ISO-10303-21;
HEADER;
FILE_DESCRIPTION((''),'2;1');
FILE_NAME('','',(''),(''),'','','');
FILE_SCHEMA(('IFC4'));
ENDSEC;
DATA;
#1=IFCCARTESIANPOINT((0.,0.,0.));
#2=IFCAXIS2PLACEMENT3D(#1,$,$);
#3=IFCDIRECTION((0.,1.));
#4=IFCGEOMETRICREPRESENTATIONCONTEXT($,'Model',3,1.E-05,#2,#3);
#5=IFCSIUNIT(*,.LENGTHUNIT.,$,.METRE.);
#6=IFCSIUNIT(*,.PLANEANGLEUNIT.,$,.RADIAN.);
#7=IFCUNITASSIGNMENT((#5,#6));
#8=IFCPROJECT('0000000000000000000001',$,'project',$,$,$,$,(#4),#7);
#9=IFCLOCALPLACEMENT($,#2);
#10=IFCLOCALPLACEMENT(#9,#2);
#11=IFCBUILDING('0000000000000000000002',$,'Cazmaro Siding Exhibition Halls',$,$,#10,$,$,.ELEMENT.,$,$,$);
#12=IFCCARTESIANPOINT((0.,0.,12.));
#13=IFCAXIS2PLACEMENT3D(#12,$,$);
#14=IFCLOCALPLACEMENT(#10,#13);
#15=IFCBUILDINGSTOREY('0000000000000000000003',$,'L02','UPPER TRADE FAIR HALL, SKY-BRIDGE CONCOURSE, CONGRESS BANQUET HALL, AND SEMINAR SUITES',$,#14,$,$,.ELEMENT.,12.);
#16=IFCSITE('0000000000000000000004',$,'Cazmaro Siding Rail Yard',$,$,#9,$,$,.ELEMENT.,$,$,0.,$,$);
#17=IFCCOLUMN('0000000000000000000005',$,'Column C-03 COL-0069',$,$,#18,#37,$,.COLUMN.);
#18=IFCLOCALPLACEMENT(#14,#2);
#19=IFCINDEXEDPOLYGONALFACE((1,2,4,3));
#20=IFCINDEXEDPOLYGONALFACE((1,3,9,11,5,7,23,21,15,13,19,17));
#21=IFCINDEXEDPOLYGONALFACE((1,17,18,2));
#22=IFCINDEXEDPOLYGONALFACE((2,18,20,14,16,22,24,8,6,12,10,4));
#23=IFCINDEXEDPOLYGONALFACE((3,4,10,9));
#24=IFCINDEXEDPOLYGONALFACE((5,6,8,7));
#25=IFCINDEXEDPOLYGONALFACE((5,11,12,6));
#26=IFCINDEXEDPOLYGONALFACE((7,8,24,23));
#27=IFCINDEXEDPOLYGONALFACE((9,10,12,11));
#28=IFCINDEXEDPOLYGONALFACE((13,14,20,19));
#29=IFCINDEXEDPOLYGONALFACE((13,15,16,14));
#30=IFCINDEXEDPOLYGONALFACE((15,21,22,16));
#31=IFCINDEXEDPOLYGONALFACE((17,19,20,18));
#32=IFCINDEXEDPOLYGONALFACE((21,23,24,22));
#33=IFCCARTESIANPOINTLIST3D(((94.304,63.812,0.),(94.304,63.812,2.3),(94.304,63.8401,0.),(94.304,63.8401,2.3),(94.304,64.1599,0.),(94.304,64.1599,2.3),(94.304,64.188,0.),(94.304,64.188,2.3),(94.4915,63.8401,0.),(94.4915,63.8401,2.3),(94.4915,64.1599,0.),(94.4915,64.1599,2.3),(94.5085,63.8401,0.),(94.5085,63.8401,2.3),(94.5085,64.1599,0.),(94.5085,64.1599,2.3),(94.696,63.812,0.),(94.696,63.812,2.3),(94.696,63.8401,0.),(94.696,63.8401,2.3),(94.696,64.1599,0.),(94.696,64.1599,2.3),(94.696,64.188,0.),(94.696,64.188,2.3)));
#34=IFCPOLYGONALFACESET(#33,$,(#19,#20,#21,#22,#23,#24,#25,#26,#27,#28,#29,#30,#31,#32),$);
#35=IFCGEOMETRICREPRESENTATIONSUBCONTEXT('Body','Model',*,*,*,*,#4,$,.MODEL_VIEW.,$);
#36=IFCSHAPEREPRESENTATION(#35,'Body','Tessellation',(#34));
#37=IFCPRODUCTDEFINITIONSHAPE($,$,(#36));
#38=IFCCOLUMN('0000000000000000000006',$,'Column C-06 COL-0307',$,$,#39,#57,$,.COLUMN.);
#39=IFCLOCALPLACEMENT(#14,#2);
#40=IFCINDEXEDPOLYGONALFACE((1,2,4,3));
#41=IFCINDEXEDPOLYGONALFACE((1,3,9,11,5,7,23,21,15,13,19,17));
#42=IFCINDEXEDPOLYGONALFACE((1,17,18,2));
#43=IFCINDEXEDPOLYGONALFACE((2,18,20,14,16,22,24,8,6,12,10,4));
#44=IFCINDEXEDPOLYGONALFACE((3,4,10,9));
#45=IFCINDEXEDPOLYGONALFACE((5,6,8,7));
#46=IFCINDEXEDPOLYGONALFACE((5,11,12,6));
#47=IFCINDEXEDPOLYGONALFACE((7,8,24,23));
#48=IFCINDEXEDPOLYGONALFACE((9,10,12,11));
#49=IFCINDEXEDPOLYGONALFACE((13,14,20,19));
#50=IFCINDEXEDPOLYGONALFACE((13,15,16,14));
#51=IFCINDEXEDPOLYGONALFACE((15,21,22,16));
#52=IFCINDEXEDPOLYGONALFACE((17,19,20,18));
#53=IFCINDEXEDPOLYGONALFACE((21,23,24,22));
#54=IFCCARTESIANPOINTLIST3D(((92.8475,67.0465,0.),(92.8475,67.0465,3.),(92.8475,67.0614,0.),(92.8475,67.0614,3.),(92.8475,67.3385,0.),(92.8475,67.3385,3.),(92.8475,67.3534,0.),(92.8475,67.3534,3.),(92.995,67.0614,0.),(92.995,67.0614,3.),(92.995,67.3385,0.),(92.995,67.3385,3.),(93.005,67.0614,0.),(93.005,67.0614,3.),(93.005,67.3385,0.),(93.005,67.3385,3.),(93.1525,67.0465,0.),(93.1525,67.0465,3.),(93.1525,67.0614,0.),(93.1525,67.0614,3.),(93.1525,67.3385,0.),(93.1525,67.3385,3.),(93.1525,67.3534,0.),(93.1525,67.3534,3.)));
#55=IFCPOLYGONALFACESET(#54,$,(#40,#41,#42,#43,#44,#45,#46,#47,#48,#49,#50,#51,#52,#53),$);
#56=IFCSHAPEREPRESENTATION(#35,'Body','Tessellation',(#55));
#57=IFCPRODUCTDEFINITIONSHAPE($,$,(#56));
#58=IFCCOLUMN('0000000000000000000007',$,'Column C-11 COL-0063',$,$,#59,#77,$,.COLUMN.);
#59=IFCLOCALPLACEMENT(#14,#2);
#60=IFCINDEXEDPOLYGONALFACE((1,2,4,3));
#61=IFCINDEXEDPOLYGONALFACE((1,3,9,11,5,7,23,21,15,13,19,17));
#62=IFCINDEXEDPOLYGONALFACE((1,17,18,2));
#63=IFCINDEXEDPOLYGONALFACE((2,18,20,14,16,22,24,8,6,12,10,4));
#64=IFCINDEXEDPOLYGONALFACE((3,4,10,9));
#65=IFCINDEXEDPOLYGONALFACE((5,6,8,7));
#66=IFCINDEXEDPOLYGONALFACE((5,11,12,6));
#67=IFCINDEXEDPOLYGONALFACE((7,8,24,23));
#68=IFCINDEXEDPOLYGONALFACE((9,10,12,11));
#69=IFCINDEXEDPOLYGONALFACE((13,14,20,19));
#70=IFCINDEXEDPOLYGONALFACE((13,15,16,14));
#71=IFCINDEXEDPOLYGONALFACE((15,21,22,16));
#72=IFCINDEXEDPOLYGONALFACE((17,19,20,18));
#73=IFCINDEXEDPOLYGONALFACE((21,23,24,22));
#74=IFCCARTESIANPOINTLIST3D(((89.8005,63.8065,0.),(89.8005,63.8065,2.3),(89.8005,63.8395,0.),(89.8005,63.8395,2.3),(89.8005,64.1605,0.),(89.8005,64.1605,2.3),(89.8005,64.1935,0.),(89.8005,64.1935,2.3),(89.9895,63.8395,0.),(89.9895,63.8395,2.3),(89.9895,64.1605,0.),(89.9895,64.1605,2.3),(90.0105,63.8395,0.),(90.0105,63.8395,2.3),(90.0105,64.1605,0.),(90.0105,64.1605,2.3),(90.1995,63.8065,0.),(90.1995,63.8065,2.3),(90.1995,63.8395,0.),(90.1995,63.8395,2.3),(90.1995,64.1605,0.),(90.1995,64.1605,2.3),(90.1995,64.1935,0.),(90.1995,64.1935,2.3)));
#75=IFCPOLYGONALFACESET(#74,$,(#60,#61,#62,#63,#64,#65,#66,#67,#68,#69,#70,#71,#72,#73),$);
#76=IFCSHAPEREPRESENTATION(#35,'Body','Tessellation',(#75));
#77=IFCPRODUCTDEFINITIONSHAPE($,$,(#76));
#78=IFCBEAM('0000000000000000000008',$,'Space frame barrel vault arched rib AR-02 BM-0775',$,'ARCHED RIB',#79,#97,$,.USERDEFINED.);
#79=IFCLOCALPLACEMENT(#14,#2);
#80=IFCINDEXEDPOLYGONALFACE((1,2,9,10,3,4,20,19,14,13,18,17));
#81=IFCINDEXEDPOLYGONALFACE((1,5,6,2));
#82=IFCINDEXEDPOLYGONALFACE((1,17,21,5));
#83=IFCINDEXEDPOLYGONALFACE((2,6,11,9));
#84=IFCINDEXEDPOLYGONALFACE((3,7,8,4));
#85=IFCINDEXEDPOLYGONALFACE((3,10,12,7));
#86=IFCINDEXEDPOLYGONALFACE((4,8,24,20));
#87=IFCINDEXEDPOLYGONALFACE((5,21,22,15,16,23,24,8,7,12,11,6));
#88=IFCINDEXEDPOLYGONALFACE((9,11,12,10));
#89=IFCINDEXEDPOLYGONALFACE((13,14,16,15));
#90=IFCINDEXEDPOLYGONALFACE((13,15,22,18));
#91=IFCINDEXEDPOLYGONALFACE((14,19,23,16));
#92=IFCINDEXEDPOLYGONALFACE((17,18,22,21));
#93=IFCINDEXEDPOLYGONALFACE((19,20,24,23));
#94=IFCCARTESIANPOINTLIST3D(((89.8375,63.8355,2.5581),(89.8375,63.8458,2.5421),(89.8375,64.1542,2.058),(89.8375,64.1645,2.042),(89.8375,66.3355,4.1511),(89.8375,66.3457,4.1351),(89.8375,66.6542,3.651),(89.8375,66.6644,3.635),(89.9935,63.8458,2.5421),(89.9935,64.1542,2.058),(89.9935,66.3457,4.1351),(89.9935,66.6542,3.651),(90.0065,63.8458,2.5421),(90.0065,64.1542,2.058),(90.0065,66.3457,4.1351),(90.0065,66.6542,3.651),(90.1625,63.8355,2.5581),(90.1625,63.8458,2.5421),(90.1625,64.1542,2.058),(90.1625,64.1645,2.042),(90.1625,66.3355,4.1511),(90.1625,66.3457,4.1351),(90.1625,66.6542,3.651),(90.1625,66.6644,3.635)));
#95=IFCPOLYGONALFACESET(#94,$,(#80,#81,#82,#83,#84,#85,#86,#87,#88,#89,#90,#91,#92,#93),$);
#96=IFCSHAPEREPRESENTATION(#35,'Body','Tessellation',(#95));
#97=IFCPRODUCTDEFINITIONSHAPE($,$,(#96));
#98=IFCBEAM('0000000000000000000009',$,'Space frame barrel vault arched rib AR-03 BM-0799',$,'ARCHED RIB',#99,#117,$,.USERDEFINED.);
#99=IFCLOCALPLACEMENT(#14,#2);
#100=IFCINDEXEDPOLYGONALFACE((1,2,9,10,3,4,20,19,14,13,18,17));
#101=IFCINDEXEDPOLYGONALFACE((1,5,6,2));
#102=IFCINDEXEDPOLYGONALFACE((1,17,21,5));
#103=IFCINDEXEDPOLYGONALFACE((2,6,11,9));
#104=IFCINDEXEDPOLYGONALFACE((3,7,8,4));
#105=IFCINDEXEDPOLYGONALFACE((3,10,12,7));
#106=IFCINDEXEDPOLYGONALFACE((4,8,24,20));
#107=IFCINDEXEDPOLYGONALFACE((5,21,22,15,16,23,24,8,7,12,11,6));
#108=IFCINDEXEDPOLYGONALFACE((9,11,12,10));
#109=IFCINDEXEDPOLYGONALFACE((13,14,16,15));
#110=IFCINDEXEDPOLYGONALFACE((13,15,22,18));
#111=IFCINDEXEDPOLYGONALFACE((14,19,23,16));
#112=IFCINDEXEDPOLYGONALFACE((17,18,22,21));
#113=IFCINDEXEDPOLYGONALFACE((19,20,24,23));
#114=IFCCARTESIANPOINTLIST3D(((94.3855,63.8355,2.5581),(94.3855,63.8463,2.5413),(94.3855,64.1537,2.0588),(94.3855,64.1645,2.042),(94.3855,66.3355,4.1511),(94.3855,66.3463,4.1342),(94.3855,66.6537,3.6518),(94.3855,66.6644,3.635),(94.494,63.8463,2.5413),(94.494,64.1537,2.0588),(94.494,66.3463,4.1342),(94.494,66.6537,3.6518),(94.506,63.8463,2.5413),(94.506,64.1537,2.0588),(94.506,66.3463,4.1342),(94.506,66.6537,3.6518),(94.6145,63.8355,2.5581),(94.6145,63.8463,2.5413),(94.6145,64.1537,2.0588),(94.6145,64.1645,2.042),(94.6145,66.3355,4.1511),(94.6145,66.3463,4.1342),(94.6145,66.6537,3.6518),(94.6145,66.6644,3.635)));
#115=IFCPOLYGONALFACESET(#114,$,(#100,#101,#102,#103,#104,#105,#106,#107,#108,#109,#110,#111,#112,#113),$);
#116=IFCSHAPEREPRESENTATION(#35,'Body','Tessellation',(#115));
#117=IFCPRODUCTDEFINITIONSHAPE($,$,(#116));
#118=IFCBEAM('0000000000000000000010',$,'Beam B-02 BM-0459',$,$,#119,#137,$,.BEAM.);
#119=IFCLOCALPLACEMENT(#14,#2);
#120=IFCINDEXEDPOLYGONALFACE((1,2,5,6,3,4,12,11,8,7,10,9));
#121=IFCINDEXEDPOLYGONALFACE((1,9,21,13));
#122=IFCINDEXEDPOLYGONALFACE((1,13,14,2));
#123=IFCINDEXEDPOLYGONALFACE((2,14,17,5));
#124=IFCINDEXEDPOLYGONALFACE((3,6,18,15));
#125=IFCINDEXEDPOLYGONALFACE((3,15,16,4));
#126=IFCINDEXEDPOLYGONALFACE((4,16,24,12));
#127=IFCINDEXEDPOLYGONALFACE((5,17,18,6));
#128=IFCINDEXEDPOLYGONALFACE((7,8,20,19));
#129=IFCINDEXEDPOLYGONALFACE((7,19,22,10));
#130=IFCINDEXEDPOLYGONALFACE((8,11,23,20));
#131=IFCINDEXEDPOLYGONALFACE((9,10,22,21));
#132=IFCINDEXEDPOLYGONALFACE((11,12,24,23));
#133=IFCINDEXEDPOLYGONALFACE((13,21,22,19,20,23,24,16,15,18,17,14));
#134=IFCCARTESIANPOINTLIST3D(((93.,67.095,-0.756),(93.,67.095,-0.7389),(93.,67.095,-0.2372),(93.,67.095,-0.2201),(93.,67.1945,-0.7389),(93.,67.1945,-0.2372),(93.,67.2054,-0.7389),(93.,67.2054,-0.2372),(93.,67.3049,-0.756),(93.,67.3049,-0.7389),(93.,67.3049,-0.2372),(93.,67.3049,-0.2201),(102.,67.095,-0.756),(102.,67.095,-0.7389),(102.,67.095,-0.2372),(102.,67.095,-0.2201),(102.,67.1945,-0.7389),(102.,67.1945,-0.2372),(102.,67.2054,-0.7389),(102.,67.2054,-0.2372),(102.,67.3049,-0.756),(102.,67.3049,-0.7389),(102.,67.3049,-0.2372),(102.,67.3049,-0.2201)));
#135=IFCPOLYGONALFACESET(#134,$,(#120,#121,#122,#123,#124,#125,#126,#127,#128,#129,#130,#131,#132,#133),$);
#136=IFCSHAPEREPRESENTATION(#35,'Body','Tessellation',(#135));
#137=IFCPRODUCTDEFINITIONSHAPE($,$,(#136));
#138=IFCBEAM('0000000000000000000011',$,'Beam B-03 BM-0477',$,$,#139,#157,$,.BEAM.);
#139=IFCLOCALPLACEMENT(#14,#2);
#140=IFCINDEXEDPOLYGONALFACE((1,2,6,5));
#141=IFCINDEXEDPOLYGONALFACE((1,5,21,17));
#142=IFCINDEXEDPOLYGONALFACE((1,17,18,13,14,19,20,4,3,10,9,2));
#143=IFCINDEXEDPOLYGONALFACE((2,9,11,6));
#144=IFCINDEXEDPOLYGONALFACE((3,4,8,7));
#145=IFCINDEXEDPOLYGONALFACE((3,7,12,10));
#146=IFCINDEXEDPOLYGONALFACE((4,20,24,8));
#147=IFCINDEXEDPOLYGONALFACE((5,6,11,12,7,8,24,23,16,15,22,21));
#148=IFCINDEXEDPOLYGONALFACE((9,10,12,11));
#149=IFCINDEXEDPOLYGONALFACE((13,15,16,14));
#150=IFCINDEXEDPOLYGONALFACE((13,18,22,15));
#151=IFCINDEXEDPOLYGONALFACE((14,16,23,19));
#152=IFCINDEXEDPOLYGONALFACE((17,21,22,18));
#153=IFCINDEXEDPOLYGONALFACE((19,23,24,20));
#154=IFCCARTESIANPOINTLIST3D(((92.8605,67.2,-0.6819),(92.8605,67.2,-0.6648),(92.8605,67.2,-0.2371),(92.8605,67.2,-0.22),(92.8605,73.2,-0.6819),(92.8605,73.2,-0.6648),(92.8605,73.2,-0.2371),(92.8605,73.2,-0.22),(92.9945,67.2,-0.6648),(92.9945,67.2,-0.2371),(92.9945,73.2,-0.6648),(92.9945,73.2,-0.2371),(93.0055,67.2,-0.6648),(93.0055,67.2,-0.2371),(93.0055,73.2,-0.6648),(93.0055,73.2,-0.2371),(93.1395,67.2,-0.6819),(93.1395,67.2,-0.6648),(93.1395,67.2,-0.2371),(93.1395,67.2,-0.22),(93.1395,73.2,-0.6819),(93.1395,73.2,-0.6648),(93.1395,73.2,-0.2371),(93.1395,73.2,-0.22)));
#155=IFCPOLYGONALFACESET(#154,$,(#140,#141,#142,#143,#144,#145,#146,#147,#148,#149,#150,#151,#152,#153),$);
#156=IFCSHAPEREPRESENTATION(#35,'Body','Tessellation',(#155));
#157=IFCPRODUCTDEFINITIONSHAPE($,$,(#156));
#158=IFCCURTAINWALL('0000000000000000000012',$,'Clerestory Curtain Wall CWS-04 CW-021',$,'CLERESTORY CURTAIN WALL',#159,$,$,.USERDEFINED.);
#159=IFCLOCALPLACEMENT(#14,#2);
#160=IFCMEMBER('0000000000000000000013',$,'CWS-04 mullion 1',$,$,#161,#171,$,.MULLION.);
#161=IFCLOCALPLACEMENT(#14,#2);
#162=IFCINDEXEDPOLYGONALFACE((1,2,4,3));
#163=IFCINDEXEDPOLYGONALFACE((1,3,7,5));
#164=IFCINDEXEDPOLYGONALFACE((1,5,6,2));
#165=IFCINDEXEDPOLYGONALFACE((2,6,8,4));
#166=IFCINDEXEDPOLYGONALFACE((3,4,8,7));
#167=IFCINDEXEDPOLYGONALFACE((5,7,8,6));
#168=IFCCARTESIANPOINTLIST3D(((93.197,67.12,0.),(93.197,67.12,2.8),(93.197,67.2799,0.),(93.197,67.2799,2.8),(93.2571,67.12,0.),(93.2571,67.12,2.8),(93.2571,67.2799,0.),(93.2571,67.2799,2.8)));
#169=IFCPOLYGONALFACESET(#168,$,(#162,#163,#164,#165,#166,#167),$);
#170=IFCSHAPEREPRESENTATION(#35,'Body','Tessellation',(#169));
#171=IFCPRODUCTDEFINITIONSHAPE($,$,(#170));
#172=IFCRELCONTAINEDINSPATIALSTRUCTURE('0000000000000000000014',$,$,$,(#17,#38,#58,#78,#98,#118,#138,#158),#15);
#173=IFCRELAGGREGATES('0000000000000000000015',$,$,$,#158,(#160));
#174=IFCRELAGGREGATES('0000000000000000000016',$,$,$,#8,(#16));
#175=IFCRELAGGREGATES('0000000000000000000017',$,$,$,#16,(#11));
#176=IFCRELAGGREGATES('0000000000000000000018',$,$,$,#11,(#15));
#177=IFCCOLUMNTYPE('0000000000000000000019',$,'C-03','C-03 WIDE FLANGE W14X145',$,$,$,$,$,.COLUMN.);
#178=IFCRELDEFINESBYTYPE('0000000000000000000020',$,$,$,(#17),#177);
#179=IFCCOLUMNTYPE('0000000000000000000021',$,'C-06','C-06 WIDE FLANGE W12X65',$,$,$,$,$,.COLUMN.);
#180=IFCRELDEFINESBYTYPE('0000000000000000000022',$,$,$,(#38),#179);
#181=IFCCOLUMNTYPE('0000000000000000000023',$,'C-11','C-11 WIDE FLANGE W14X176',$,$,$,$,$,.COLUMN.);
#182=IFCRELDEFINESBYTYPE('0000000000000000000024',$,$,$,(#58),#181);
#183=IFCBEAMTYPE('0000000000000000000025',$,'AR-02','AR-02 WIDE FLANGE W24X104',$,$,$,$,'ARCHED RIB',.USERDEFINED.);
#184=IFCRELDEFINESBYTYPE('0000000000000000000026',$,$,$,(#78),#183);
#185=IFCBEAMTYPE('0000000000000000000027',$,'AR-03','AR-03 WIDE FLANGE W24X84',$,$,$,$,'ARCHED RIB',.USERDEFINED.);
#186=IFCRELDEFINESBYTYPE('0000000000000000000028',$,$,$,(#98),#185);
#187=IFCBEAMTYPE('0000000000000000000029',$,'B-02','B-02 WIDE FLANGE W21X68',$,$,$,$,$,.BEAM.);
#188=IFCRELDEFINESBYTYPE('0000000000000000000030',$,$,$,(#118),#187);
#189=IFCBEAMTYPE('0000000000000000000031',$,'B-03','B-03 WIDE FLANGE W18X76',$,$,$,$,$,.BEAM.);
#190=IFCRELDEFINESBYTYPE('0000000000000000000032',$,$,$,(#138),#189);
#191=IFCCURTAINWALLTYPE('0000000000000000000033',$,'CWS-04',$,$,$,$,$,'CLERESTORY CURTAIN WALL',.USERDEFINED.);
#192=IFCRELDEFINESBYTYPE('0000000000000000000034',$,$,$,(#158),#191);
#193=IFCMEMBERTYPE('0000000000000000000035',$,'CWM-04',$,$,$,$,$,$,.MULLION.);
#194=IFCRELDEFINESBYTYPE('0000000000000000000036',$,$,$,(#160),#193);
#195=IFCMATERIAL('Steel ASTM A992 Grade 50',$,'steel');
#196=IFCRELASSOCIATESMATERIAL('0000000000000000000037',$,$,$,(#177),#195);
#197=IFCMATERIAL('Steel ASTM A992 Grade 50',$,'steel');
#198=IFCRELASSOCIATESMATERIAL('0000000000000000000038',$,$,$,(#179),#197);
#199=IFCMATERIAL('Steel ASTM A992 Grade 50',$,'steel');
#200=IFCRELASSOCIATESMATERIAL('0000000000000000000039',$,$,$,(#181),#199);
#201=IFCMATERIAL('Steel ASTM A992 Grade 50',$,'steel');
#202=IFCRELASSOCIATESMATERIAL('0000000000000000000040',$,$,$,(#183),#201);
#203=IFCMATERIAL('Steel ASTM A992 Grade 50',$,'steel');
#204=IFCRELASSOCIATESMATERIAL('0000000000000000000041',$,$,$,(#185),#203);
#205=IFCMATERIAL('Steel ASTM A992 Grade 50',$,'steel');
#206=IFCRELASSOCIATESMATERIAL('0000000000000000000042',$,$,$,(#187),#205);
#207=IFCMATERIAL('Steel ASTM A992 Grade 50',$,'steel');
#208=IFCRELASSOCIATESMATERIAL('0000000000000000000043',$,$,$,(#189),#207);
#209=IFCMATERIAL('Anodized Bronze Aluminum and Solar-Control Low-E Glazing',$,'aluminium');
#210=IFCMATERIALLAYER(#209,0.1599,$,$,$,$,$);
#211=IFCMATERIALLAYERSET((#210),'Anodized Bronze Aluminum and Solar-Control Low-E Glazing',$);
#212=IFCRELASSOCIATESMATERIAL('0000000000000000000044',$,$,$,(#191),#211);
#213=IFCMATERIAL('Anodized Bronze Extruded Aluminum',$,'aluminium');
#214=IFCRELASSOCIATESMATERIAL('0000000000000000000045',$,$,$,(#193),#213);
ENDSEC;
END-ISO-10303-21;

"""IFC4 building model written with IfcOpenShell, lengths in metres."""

from ifc_helpers import new_model, si_unit, direction, frame, origin, origin_2d, place, context, subcontext, project, spatial, rectangle, i_section, extrude, material, layer, layer_set, material_profile, profile_set, type_object, element, aggregate, save


model = new_model("IFC4")

# Units and contexts
model_context = context("Model", 3, precision=1e-05, world=origin(), true_north=direction((0.0, 1.0)))
body_context = subcontext(model_context, "Body", "Model", "MODEL_VIEW")
ifc_project = project(units=[si_unit("LENGTHUNIT", "METRE"), si_unit("PLANEANGLEUNIT", "RADIAN")], contexts=[model_context])

# Site, building, storey
site_placement = place(None, origin())
site = spatial("IfcSite", under=ifc_project, at=site_placement, Name="Cazmaro Siding Rail Yard", CompositionType="ELEMENT", RefElevation=0.0)
building_placement = place(site_placement, origin())
building = spatial("IfcBuilding", under=site, at=building_placement, Name="Cazmaro Siding Exhibition Halls", CompositionType="ELEMENT")
storey_placement = place(building_placement, frame((0.0, 0.0, 12.0)))
storey = spatial("IfcBuildingStorey", under=building, at=storey_placement, Name="L02", Description="UPPER TRADE FAIR HALL, SKY-BRIDGE CONCOURSE, CONGRESS BANQUET HALL, AND SEMINAR SUITES", CompositionType="ELEMENT", Elevation=12.0)

# Columns
ifc_material_1 = material(Name="Steel ASTM A992 Grade 50", Category="steel")
ifc_material_profile_1 = material_profile(ifc_material_1, i_section(OverallWidth=0.3921, OverallDepth=0.376, WebThickness=0.0171, FlangeThickness=0.0281, at=origin_2d()), Name="W14X145")
ifc_profile_set_1 = profile_set([ifc_material_profile_1], Name="Steel ASTM A992 Grade 50")
column_type_1 = type_object("IfcColumnType", Name="C-03", Description="C-03 WIDE FLANGE W14X145", PredefinedType="COLUMN", material=ifc_profile_set_1)
column_1_placement = place(storey_placement, frame((94.5, 64.0, 0.0), z_axis=(0.0, 0.0, 1.0), x_axis=(1.0, 0.0, 0.0)))
element("IfcColumn", 1, at=column_1_placement, inside=storey, type_object=column_type_1, Name="Column C-03 COL-0069", PredefinedType="COLUMN", context=body_context, shape_type="SweptSolid", body=[
    extrude(i_section(OverallWidth=0.3921, OverallDepth=0.376, WebThickness=0.0171, FlangeThickness=0.0281, at=origin_2d()), origin(), (0.0, 0.0, 1.0), 2.3),
])
ifc_material_2 = material(Name="Steel ASTM A992 Grade 50", Category="steel")
ifc_material_profile_2 = material_profile(ifc_material_2, i_section(OverallWidth=0.3049, OverallDepth=0.3069, WebThickness=0.01, FlangeThickness=0.0149, at=origin_2d()), Name="W12X65")
ifc_profile_set_2 = profile_set([ifc_material_profile_2], Name="Steel ASTM A992 Grade 50")
column_type_2 = type_object("IfcColumnType", Name="C-06", Description="C-06 WIDE FLANGE W12X65", PredefinedType="COLUMN", material=ifc_profile_set_2)
column_2_placement = place(storey_placement, frame((93.0, 67.2, 0.0), z_axis=(0.0, 0.0, 1.0), x_axis=(1.0, 0.0, 0.0)))
element("IfcColumn", 2, at=column_2_placement, inside=storey, type_object=column_type_2, Name="Column C-06 COL-0307", PredefinedType="COLUMN", context=body_context, shape_type="SweptSolid", body=[
    extrude(i_section(OverallWidth=0.3049, OverallDepth=0.3069, WebThickness=0.01, FlangeThickness=0.0149, at=origin_2d()), origin(), (0.0, 0.0, 1.0), 3.0),
])
ifc_material_3 = material(Name="Steel ASTM A992 Grade 50", Category="steel")
ifc_material_profile_3 = material_profile(ifc_material_3, i_section(OverallWidth=0.3989, OverallDepth=0.387, WebThickness=0.021, FlangeThickness=0.033, at=origin_2d()), Name="W14X176")
ifc_profile_set_3 = profile_set([ifc_material_profile_3], Name="Steel ASTM A992 Grade 50")
column_type_3 = type_object("IfcColumnType", Name="C-11", Description="C-11 WIDE FLANGE W14X176", PredefinedType="COLUMN", material=ifc_profile_set_3)
column_3_placement = place(storey_placement, frame((90.0, 64.0, 0.0), z_axis=(0.0, 0.0, 1.0), x_axis=(1.0, 0.0, 0.0)))
element("IfcColumn", 3, at=column_3_placement, inside=storey, type_object=column_type_3, Name="Column C-11 COL-0063", PredefinedType="COLUMN", context=body_context, shape_type="SweptSolid", body=[
    extrude(i_section(OverallWidth=0.3989, OverallDepth=0.387, WebThickness=0.021, FlangeThickness=0.033, at=origin_2d()), origin(), (0.0, 0.0, 1.0), 2.3),
])

# Beams
ifc_material_4 = material(Name="Steel ASTM A992 Grade 50", Category="steel")
ifc_material_profile_4 = material_profile(ifc_material_4, i_section(OverallWidth=0.325, OverallDepth=0.6121, WebThickness=0.0129, FlangeThickness=0.019, at=origin_2d()), Name="W24X104")
ifc_profile_set_4 = profile_set([ifc_material_profile_4], Name="Steel ASTM A992 Grade 50")
beam_type_1 = type_object("IfcBeamType", Name="AR-02", Description="AR-02 WIDE FLANGE W24X104", ElementType="ARCHED RIB", PredefinedType="USERDEFINED", material=ifc_profile_set_4)
beam_1_placement = place(storey_placement, frame((90.0, 64.0, 2.3), z_axis=(0.0, 0.843339, 0.537382), x_axis=(-1.0, 0.0, 0.0)))
element("IfcBeam", 4, at=beam_1_placement, inside=storey, type_object=beam_type_1, Name="Space frame barrel vault arched rib AR-02 BM-0775", ObjectType="ARCHED RIB", PredefinedType="USERDEFINED", context=body_context, shape_type="SweptSolid", body=[
    extrude(i_section(OverallWidth=0.325, OverallDepth=0.6121, WebThickness=0.0129, FlangeThickness=0.019, at=origin_2d()), origin(), (0.0, 0.0, 1.0), 2.9644),
])
ifc_material_5 = material(Name="Steel ASTM A992 Grade 50", Category="steel")
ifc_material_profile_5 = material_profile(ifc_material_5, i_section(OverallWidth=0.229, OverallDepth=0.6121, WebThickness=0.012, FlangeThickness=0.02, at=origin_2d()), Name="W24X84")
ifc_profile_set_5 = profile_set([ifc_material_profile_5], Name="Steel ASTM A992 Grade 50")
beam_type_2 = type_object("IfcBeamType", Name="AR-03", Description="AR-03 WIDE FLANGE W24X84", ElementType="ARCHED RIB", PredefinedType="USERDEFINED", material=ifc_profile_set_5)
beam_2_placement = place(storey_placement, frame((94.5, 64.0, 2.3), z_axis=(0.0, 0.843339, 0.537382), x_axis=(-1.0, 0.0, 0.0)))
element("IfcBeam", 5, at=beam_2_placement, inside=storey, type_object=beam_type_2, Name="Space frame barrel vault arched rib AR-03 BM-0799", ObjectType="ARCHED RIB", PredefinedType="USERDEFINED", context=body_context, shape_type="SweptSolid", body=[
    extrude(i_section(OverallWidth=0.229, OverallDepth=0.6121, WebThickness=0.012, FlangeThickness=0.02, at=origin_2d()), origin(), (0.0, 0.0, 1.0), 2.9644),
])
ifc_material_6 = material(Name="Steel ASTM A992 Grade 50", Category="steel")
ifc_material_profile_6 = material_profile(ifc_material_6, i_section(OverallWidth=0.21, OverallDepth=0.5359, WebThickness=0.011, FlangeThickness=0.0171, at=origin_2d()), Name="W21X68")
ifc_profile_set_6 = profile_set([ifc_material_profile_6], Name="Steel ASTM A992 Grade 50")
beam_type_3 = type_object("IfcBeamType", Name="B-02", Description="B-02 WIDE FLANGE W21X68", PredefinedType="BEAM", material=ifc_profile_set_6)
beam_3_placement = place(storey_placement, frame((93.0, 67.2, -0.488), z_axis=(1.0, 0.0, 0.0), x_axis=(0.0, 1.0, 0.0)))
element("IfcBeam", 6, at=beam_3_placement, inside=storey, type_object=beam_type_3, Name="Beam B-02 BM-0459", PredefinedType="BEAM", context=body_context, shape_type="SweptSolid", body=[
    extrude(i_section(OverallWidth=0.21, OverallDepth=0.5359, WebThickness=0.011, FlangeThickness=0.0171, at=origin_2d()), origin(), (0.0, 0.0, 1.0), 9.0),
])
ifc_material_7 = material(Name="Steel ASTM A992 Grade 50", Category="steel")
ifc_material_profile_7 = material_profile(ifc_material_7, i_section(OverallWidth=0.2791, OverallDepth=0.4619, WebThickness=0.011, FlangeThickness=0.0171, at=origin_2d()), Name="W18X76")
ifc_profile_set_7 = profile_set([ifc_material_profile_7], Name="Steel ASTM A992 Grade 50")
beam_type_4 = type_object("IfcBeamType", Name="B-03", Description="B-03 WIDE FLANGE W18X76", PredefinedType="BEAM", material=ifc_profile_set_7)
beam_4_placement = place(storey_placement, frame((93.0, 67.2, -0.4509), z_axis=(0.0, 1.0, 0.0), x_axis=(-1.0, 0.0, 0.0)))
element("IfcBeam", 7, at=beam_4_placement, inside=storey, type_object=beam_type_4, Name="Beam B-03 BM-0477", PredefinedType="BEAM", context=body_context, shape_type="SweptSolid", body=[
    extrude(i_section(OverallWidth=0.2791, OverallDepth=0.4619, WebThickness=0.011, FlangeThickness=0.0171, at=origin_2d()), origin(), (0.0, 0.0, 1.0), 6.0),
])

# Curtain wall, member
ifc_material_8 = material(Name="Anodized Bronze Aluminum and Solar-Control Low-E Glazing", Category="aluminium")
ifc_layer_1 = layer(ifc_material_8, 0.1599)
ifc_layer_set_1 = layer_set([ifc_layer_1], Name="Anodized Bronze Aluminum and Solar-Control Low-E Glazing")
curtain_wall_type = type_object("IfcCurtainWallType", Name="CWS-04", ElementType="CLERESTORY CURTAIN WALL", PredefinedType="USERDEFINED", material=ifc_layer_set_1)
curtain_wall_placement = place(storey_placement, origin())
curtain_wall = element("IfcCurtainWall", 8, at=curtain_wall_placement, inside=storey, type_object=curtain_wall_type, Name="Clerestory Curtain Wall CWS-04 CW-021", ObjectType="CLERESTORY CURTAIN WALL", PredefinedType="USERDEFINED")
ifc_material_9 = material(Name="Anodized Bronze Extruded Aluminum", Category="aluminium")
ifc_material_profile_8 = material_profile(ifc_material_9, rectangle(XDim=0.1599, YDim=0.0601, at=origin_2d()), Name="CWM-04")
ifc_profile_set_8 = profile_set([ifc_material_profile_8], Name="Anodized Bronze Extruded Aluminum")
member_type_1 = type_object("IfcMemberType", Name="CWM-04", PredefinedType="MULLION", material=ifc_profile_set_8)
member_1_placement = place(storey_placement, frame((93.2271, 67.2, 0.0), z_axis=(0.0, 0.0, 1.0), x_axis=(0.0, 1.0, 0.0)))
member_1 = element("IfcMember", 9, at=member_1_placement, type_object=member_type_1, Name="CWS-04 mullion 1", PredefinedType="MULLION", context=body_context, shape_type="SweptSolid", body=[
    extrude(rectangle(XDim=0.1599, YDim=0.0601, at=origin_2d()), origin(), (0.0, 0.0, 1.0), 2.8),
])

aggregate(curtain_wall, [member_1])

save(model, "model.ifc")
